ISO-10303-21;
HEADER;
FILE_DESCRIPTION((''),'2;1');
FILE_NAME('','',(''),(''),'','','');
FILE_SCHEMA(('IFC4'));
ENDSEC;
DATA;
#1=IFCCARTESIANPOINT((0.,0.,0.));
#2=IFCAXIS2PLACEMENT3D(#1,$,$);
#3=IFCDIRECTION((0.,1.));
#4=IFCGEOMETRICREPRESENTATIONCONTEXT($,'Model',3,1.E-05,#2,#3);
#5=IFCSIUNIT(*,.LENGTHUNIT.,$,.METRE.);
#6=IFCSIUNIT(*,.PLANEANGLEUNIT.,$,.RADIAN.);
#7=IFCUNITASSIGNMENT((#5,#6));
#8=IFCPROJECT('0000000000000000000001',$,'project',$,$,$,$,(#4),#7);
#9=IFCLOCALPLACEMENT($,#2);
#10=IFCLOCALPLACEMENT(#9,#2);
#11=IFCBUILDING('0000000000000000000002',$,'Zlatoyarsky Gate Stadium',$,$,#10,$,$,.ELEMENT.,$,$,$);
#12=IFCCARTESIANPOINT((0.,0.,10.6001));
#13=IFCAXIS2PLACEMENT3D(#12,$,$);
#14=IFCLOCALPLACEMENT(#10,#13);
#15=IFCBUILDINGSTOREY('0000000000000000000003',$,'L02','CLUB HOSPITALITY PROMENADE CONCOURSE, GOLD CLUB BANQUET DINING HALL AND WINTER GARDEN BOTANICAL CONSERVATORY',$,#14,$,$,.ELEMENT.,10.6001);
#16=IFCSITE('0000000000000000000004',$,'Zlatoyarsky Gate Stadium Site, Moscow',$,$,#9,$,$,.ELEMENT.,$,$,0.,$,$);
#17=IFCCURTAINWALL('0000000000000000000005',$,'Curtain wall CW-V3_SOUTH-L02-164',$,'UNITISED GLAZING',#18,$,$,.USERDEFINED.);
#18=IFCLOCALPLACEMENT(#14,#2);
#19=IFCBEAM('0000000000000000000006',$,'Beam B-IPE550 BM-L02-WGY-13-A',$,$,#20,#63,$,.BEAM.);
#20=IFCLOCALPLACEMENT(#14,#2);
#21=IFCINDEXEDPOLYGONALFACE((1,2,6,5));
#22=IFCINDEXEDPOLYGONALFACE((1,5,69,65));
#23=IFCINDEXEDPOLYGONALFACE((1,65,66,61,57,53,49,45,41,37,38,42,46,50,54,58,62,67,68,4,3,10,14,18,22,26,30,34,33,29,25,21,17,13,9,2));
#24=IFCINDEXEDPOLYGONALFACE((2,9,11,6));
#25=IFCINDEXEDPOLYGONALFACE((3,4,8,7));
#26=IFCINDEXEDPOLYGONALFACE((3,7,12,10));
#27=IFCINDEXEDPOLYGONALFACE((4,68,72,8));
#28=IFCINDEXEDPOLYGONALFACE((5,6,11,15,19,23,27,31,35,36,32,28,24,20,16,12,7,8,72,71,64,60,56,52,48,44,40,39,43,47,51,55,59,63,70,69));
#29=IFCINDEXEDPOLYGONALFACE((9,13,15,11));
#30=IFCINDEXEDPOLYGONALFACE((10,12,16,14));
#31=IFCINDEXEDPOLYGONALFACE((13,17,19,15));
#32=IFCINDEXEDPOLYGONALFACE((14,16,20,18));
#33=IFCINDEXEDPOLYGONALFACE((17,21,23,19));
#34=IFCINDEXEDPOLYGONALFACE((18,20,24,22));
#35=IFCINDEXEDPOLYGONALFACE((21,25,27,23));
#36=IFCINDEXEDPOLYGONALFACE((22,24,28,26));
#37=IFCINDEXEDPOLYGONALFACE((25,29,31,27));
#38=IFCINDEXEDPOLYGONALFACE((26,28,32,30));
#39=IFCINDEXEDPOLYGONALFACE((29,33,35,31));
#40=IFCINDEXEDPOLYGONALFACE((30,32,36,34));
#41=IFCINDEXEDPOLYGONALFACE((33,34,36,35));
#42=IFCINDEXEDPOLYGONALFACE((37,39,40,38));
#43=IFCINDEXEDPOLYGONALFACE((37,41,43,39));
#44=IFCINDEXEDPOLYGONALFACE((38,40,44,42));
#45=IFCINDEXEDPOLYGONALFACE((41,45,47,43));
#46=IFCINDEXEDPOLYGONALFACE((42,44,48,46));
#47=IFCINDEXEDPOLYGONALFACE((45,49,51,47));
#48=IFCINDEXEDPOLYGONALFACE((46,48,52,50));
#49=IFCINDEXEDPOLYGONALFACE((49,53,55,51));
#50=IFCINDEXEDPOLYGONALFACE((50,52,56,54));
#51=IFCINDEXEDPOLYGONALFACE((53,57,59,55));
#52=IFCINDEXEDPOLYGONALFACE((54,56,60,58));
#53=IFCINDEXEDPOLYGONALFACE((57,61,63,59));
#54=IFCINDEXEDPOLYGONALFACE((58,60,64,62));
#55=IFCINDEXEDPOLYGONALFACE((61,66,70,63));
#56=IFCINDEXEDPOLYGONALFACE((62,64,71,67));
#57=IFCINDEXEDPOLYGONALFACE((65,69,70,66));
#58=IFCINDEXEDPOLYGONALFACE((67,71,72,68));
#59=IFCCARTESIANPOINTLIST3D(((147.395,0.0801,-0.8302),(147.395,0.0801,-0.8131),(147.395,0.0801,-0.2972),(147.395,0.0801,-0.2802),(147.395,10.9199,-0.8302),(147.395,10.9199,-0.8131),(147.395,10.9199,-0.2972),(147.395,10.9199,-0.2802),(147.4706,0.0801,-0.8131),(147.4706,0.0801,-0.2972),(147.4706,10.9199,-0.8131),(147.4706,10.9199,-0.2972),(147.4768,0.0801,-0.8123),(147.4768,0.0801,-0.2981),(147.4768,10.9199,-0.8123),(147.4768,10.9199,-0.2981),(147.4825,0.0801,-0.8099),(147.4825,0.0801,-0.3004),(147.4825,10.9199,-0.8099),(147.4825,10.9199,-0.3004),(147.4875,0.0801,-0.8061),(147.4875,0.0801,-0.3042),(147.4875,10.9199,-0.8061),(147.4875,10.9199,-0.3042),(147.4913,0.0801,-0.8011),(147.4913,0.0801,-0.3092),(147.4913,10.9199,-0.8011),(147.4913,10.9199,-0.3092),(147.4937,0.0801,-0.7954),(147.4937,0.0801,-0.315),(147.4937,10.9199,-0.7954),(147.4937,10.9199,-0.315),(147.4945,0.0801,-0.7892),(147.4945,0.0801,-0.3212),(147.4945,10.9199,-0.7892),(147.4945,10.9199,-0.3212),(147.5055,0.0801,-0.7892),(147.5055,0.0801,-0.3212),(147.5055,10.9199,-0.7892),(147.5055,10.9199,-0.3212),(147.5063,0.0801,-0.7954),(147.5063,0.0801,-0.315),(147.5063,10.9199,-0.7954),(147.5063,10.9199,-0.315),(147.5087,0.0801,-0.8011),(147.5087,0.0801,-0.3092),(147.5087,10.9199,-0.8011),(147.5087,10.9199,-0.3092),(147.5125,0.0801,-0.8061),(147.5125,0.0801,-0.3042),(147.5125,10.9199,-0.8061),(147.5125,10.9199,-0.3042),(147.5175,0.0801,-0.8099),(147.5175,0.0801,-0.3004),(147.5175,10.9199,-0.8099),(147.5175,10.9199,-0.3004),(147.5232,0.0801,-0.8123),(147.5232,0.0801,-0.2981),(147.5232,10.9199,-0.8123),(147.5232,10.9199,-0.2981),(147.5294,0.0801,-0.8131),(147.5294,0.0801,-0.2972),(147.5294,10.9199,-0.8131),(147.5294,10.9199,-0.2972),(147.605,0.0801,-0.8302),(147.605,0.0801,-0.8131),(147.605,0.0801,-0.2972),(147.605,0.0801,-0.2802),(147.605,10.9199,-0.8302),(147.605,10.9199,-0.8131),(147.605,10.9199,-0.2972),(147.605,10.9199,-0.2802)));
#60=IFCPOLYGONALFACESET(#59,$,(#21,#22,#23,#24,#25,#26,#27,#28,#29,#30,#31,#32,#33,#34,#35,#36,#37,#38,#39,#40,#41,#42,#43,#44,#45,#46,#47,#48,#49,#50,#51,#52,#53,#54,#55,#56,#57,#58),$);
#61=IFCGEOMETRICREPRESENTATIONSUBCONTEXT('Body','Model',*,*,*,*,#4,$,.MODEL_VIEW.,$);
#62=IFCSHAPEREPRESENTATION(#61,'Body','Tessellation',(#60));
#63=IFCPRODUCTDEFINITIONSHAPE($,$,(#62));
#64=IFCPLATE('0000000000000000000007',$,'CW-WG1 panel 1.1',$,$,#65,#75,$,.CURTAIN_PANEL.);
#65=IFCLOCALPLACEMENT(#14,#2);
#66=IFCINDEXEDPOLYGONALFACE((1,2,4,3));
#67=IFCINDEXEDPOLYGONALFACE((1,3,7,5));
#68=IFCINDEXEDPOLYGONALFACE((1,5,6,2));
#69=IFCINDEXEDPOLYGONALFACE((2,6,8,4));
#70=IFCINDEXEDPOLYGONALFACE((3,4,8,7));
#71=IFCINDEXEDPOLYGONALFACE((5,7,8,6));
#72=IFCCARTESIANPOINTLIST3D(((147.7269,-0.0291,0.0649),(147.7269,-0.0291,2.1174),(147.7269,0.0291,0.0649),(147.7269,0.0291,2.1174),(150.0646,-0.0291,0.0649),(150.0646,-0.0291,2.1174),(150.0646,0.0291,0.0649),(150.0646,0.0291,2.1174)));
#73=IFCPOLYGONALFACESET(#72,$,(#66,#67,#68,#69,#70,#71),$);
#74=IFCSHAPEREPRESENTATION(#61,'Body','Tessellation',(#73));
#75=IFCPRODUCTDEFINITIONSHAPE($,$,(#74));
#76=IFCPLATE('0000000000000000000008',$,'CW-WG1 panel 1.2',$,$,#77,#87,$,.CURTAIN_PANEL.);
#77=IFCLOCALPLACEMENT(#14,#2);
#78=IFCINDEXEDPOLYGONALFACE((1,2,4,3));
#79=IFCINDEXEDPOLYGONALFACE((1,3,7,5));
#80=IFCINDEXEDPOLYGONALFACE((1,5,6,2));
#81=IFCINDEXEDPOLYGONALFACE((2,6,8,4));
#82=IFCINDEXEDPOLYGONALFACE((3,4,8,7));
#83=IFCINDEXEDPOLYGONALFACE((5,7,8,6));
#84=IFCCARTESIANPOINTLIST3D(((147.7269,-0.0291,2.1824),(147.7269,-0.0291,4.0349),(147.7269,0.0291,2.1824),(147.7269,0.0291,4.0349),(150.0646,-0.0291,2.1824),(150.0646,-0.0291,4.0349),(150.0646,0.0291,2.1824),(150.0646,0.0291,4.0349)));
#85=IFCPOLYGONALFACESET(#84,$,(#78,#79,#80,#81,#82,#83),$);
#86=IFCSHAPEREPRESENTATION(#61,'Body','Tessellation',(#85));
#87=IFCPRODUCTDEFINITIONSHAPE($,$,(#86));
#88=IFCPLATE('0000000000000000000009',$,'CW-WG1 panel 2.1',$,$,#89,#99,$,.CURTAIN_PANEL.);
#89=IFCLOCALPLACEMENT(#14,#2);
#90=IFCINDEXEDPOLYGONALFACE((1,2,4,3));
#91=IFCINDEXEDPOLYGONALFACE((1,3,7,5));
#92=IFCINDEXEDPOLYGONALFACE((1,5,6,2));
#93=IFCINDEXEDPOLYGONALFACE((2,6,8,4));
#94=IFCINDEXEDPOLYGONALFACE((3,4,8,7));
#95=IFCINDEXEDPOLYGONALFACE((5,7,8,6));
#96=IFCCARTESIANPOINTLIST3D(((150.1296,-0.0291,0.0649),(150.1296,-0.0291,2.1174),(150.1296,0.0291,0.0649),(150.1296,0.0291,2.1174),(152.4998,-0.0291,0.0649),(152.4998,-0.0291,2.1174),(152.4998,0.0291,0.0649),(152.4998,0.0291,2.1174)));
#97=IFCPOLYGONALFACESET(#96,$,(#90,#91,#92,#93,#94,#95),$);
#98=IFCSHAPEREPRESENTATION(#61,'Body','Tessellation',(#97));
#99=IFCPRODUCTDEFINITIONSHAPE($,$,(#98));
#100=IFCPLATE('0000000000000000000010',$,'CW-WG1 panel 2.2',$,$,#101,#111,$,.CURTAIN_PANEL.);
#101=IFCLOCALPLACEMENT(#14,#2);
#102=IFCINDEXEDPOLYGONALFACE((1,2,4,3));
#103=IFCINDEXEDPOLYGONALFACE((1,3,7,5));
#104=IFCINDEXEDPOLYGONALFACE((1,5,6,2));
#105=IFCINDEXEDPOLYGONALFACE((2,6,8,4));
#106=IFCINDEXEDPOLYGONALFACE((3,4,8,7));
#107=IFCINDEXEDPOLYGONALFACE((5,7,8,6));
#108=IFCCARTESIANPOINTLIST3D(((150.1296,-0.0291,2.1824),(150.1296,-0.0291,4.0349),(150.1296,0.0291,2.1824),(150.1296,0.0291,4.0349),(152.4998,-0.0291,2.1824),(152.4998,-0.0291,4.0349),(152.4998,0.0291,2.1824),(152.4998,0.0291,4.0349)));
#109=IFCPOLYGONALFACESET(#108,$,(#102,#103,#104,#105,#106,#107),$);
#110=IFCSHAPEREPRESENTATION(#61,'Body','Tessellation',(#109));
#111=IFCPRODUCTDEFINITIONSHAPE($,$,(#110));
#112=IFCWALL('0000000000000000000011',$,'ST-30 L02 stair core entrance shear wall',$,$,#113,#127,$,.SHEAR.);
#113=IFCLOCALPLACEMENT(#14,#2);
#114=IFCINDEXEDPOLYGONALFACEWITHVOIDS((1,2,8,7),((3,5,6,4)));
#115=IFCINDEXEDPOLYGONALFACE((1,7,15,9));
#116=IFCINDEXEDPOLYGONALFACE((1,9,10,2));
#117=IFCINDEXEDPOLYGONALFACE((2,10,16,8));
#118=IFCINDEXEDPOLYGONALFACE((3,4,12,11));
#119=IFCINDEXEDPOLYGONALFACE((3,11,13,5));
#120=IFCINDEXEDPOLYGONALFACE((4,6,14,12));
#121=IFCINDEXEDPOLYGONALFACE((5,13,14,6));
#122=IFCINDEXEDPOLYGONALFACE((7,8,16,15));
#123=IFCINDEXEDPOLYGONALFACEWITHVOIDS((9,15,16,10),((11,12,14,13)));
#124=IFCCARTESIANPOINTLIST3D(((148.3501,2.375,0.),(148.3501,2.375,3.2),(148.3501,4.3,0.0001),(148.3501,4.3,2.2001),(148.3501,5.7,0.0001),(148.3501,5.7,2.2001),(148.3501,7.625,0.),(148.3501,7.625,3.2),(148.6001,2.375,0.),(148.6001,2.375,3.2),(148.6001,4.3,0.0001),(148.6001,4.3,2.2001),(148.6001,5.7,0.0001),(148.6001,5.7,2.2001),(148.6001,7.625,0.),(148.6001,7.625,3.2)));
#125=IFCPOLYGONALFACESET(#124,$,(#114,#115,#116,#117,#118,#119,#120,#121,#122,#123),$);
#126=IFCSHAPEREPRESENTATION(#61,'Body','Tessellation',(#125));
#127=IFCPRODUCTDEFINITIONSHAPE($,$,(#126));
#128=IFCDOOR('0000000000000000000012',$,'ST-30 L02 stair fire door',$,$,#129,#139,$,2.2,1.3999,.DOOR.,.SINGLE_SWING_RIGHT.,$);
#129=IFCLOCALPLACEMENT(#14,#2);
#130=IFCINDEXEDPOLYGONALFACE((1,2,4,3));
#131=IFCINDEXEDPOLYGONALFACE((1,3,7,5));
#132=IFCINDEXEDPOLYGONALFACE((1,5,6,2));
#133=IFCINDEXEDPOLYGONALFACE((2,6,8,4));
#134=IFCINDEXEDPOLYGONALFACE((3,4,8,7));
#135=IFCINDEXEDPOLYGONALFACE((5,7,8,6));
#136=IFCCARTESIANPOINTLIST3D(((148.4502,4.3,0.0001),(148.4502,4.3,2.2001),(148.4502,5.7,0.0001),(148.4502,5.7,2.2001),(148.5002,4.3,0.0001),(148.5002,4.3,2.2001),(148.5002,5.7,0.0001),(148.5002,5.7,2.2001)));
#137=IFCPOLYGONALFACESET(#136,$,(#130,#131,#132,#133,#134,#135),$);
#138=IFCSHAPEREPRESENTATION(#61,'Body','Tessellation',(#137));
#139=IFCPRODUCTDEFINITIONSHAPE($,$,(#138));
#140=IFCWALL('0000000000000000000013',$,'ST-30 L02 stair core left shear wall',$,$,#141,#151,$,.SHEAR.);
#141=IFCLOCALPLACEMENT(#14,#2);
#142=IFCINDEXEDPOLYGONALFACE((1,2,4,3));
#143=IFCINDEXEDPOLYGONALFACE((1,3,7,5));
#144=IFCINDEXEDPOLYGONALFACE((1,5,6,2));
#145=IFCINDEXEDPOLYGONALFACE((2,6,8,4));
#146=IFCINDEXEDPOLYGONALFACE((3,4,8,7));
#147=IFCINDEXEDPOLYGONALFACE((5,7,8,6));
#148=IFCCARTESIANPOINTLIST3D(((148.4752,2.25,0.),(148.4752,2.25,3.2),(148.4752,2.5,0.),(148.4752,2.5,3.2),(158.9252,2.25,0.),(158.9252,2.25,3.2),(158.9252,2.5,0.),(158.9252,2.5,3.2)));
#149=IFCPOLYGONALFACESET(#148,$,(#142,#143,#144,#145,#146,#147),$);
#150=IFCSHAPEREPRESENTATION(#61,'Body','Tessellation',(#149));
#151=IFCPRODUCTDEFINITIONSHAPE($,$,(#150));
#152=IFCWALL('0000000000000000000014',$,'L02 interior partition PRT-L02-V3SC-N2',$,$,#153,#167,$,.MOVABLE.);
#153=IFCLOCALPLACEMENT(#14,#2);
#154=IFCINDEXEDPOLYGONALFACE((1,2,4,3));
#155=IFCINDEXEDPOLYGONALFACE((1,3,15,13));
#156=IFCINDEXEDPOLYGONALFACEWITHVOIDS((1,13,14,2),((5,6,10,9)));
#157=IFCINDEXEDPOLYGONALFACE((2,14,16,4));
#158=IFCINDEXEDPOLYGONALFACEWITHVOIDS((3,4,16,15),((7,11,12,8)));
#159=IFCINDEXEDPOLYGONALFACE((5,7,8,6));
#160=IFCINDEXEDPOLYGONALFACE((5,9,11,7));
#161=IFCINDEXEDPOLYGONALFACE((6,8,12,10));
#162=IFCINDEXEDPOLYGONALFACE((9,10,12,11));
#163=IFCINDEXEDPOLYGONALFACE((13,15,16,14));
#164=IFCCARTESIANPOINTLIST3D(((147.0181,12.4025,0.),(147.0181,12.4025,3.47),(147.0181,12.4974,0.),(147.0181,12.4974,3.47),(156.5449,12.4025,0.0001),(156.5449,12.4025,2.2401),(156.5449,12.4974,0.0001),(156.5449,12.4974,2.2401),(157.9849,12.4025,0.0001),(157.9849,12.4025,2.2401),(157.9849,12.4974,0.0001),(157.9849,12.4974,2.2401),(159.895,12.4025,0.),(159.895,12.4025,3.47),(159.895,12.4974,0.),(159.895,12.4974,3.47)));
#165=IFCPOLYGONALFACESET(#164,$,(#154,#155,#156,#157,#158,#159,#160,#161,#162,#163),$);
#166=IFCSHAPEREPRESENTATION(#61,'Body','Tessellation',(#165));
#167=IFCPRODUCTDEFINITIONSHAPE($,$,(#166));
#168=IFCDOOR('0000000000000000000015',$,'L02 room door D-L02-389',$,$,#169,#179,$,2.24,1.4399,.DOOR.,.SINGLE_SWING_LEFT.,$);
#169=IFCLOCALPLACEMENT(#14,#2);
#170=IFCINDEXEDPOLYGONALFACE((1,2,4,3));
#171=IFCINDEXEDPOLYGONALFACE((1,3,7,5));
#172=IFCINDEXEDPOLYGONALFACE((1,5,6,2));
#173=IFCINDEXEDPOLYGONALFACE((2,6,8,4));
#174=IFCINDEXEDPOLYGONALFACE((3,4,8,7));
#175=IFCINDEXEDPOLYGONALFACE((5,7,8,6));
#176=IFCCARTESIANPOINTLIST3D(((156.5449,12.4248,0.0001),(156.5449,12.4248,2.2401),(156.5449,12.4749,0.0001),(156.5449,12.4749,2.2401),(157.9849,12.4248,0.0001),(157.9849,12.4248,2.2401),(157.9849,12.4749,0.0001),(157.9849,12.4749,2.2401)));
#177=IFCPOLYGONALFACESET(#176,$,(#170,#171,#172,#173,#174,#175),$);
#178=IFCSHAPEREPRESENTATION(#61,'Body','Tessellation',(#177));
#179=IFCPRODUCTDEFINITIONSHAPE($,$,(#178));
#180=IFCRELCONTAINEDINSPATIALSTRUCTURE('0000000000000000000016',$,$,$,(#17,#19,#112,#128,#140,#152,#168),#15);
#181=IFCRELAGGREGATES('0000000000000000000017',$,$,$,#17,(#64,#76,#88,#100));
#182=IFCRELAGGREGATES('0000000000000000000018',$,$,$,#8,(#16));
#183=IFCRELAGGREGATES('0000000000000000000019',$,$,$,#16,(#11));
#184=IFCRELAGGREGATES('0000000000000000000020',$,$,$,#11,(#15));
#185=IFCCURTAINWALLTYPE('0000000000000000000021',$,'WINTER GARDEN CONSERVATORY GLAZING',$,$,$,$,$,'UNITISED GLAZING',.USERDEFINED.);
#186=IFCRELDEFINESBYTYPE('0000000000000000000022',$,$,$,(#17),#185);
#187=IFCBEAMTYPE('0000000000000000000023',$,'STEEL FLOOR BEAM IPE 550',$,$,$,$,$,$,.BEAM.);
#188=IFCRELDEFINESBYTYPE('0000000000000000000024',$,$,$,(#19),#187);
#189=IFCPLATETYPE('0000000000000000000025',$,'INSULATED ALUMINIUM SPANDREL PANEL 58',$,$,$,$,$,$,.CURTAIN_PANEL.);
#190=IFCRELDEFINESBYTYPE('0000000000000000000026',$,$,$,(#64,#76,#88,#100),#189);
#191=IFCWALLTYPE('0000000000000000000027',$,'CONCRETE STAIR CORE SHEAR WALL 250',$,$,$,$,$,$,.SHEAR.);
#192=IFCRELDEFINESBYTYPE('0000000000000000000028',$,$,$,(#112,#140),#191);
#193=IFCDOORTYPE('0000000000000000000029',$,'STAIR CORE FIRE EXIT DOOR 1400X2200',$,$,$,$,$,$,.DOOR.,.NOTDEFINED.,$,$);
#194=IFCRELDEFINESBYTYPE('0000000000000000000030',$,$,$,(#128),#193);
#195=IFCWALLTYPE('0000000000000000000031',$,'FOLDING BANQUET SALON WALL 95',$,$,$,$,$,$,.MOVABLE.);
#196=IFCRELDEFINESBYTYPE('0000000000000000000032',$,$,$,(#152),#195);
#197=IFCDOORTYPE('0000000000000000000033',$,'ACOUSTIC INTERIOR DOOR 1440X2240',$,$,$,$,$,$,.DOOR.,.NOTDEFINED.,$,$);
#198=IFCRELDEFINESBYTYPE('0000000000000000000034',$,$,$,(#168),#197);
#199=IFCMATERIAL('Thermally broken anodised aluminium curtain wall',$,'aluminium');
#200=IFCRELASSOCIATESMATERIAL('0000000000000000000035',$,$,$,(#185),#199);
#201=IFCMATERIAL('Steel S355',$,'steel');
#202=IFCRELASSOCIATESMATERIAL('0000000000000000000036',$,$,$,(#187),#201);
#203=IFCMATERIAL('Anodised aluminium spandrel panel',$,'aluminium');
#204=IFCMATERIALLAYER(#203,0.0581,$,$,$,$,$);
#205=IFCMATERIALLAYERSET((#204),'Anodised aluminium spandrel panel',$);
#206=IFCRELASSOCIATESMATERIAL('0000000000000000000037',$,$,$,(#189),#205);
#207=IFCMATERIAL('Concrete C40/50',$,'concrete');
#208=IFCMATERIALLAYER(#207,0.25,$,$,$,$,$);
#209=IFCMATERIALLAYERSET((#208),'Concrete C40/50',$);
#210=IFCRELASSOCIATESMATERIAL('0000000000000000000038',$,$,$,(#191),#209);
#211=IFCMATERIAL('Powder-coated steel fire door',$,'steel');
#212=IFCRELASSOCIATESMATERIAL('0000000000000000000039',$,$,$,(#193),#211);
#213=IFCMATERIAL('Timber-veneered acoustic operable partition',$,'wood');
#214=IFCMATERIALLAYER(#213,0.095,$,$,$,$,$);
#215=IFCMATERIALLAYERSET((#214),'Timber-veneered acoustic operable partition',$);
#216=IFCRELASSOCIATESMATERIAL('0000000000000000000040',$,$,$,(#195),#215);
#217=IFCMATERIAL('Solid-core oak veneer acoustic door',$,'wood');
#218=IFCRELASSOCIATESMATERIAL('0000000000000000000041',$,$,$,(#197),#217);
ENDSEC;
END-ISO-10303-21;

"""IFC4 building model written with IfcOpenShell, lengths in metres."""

from ifc_helpers import new_model, si_unit, direction, frame, frame_2d, origin, origin_2d, place, context, subcontext, project, spatial, rectangle, i_section, extrude, material, layer, layer_set, material_profile, profile_set, type_object, element, fill, aggregate, save


model = new_model("IFC4")

# Units and contexts
model_context = context("Model", 3, precision=1e-05, world=origin(), true_north=direction((0.0, 1.0)))
body_context = subcontext(model_context, "Body", "Model", "MODEL_VIEW")
ifc_project = project(units=[si_unit("LENGTHUNIT", "METRE"), si_unit("PLANEANGLEUNIT", "RADIAN")], contexts=[model_context])

# Site, building, storey
site_placement = place(None, origin())
site = spatial("IfcSite", under=ifc_project, at=site_placement, Name="Zlatoyarsky Gate Stadium Site, Moscow", CompositionType="ELEMENT", RefElevation=0.0)
building_placement = place(site_placement, origin())
building = spatial("IfcBuilding", under=site, at=building_placement, Name="Zlatoyarsky Gate Stadium", CompositionType="ELEMENT")
storey_placement = place(building_placement, frame((0.0, 0.0, 10.6001)))
storey = spatial("IfcBuildingStorey", under=building, at=storey_placement, Name="L02", Description="CLUB HOSPITALITY PROMENADE CONCOURSE, GOLD CLUB BANQUET DINING HALL AND WINTER GARDEN BOTANICAL CONSERVATORY", CompositionType="ELEMENT", Elevation=10.6001)

# Shared definitions
ifc_material_1 = material(Name="Steel S355", Category="steel")

# Curtain wall
ifc_material_2 = material(Name="Thermally broken anodised aluminium curtain wall", Category="aluminium")
curtain_wall_type = type_object("IfcCurtainWallType", Name="WINTER GARDEN CONSERVATORY GLAZING", ElementType="UNITISED GLAZING", PredefinedType="USERDEFINED", material=ifc_material_2)
curtain_wall_placement = place(storey_placement, origin())
curtain_wall = element("IfcCurtainWall", 1, at=curtain_wall_placement, inside=storey, type_object=curtain_wall_type, Name="Curtain wall CW-V3_SOUTH-L02-164", ObjectType="UNITISED GLAZING", PredefinedType="USERDEFINED")

# Beam
ifc_material_profile_1 = material_profile(ifc_material_1, i_section(OverallWidth=0.21, OverallDepth=0.55, WebThickness=0.011, FlangeThickness=0.0171, FilletRadius=0.0239, at=origin_2d()), Name="IPE 550")
ifc_profile_set_1 = profile_set([ifc_material_profile_1], Name="Steel S355")
beam_type_1 = type_object("IfcBeamType", Name="STEEL FLOOR BEAM IPE 550", PredefinedType="BEAM", material=ifc_profile_set_1)
beam_placement = place(storey_placement, frame((147.5, 0.0801, -0.5552), z_axis=(0.0, 1.0, 0.0), x_axis=(-1.0, 0.0, 0.0)))
element("IfcBeam", 2, at=beam_placement, inside=storey, type_object=beam_type_1, Name="Beam B-IPE550 BM-L02-WGY-13-A", PredefinedType="BEAM", context=body_context, shape_type="SweptSolid", body=[
    extrude(i_section(OverallWidth=0.21, OverallDepth=0.55, WebThickness=0.011, FlangeThickness=0.0171, FilletRadius=0.0239, at=origin_2d()), origin(), (0.0, 0.0, 1.0), 10.8398),
])

# Plates
ifc_material_3 = material(Name="Anodised aluminium spandrel panel", Category="aluminium")
ifc_layer_1 = layer(ifc_material_3, 0.0581)
ifc_layer_set_1 = layer_set([ifc_layer_1], Name="Anodised aluminium spandrel panel")
plate_type = type_object("IfcPlateType", Name="INSULATED ALUMINIUM SPANDREL PANEL 58", PredefinedType="CURTAIN_PANEL", material=ifc_layer_set_1)
plate_1_placement = place(storey_placement, frame((148.8958, 0.0, 0.0649), z_axis=(0.0, 0.0, 1.0), x_axis=(1.0, 0.0, 0.0)))
plate_1 = element("IfcPlate", 3, at=plate_1_placement, type_object=plate_type, Name="CW-WG1 panel 1.1", PredefinedType="CURTAIN_PANEL", context=body_context, shape_type="SweptSolid", body=[
    extrude(rectangle(XDim=2.3376, YDim=0.0581, at=origin_2d()), origin(), (0.0, 0.0, 1.0), 2.0525),
])
plate_2_placement = place(storey_placement, frame((148.8958, 0.0, 2.1824), z_axis=(0.0, 0.0, 1.0), x_axis=(1.0, 0.0, 0.0)))
plate_2 = element("IfcPlate", 4, at=plate_2_placement, type_object=plate_type, Name="CW-WG1 panel 1.2", PredefinedType="CURTAIN_PANEL", context=body_context, shape_type="SweptSolid", body=[
    extrude(rectangle(XDim=2.3376, YDim=0.0581, at=origin_2d()), origin(), (0.0, 0.0, 1.0), 1.8525),
])
plate_3_placement = place(storey_placement, frame((151.3147, 0.0, 0.0649), z_axis=(0.0, 0.0, 1.0), x_axis=(1.0, 0.0, 0.0)))
plate_3 = element("IfcPlate", 5, at=plate_3_placement, type_object=plate_type, Name="CW-WG1 panel 2.1", PredefinedType="CURTAIN_PANEL", context=body_context, shape_type="SweptSolid", body=[
    extrude(rectangle(XDim=2.3701, YDim=0.0581, at=origin_2d()), origin(), (0.0, 0.0, 1.0), 2.0525),
])
plate_4_placement = place(storey_placement, frame((151.3147, 0.0, 2.1824), z_axis=(0.0, 0.0, 1.0), x_axis=(1.0, 0.0, 0.0)))
plate_4 = element("IfcPlate", 6, at=plate_4_placement, type_object=plate_type, Name="CW-WG1 panel 2.2", PredefinedType="CURTAIN_PANEL", context=body_context, shape_type="SweptSolid", body=[
    extrude(rectangle(XDim=2.3701, YDim=0.0581, at=origin_2d()), origin(), (0.0, 0.0, 1.0), 1.8525),
])
aggregate(curtain_wall, [plate_1, plate_2, plate_3, plate_4])

# Wall, opening, door
ifc_material_4 = material(Name="Concrete C40/50", Category="concrete")
ifc_layer_2 = layer(ifc_material_4, 0.25)
ifc_layer_set_2 = layer_set([ifc_layer_2], Name="Concrete C40/50")
wall_type_1 = type_object("IfcWallType", Name="CONCRETE STAIR CORE SHEAR WALL 250", PredefinedType="SHEAR", material=ifc_layer_set_2)
wall_1_placement = place(storey_placement, frame((148.4751, 7.625, 0.0), z_axis=(0.0, 0.0, 1.0), x_axis=(0.0, -1.0, 0.0)))
wall_1 = element("IfcWall", 7, at=wall_1_placement, inside=storey, type_object=wall_type_1, Name="ST-30 L02 stair core entrance shear wall", PredefinedType="SHEAR", context=body_context, shape_type="SweptSolid", body=[
    extrude(rectangle(XDim=5.25, YDim=0.25, at=frame_2d((2.625, 0.0))), origin(), (0.0, 0.0, 1.0), 3.2),
])
opening_1_placement = place(wall_1_placement, frame((1.925, 0.0, 0.0)))
opening_1 = element("IfcOpeningElement", 8, at=opening_1_placement, cuts=wall_1, PredefinedType="OPENING", context=body_context, shape_type="SweptSolid", body=[
    extrude(rectangle(XDim=1.3999, YDim=2.2, at=frame_2d((0.7, 1.1001))), frame((0.0, 0.135, 0.0), z_axis=(0.0, -1.0, 0.0), x_axis=(1.0, 0.0, 0.0)), (0.0, 0.0, 1.0), 0.27),
])
ifc_material_5 = material(Name="Powder-coated steel fire door", Category="steel")
door_type_1 = type_object("IfcDoorType", Name="STAIR CORE FIRE EXIT DOOR 1400X2200", OperationType="NOTDEFINED", PredefinedType="DOOR", material=ifc_material_5)
door_1_placement = place(opening_1_placement, frame((1.3999, 0.0, 0.0), z_axis=(0.0, 0.0, 1.0), x_axis=(-1.0, 0.0, 0.0)))
door_1 = element("IfcDoor", 9, at=door_1_placement, inside=storey, type_object=door_type_1, Name="ST-30 L02 stair fire door", OperationType="SINGLE_SWING_RIGHT", OverallHeight=2.2, OverallWidth=1.3999, PredefinedType="DOOR", context=body_context, shape_type="SweptSolid", body=[
    extrude(rectangle(XDim=1.3999, YDim=2.2, at=frame_2d((0.7, 1.1001))), frame((0.0, 0.0249, 0.0), z_axis=(0.0, -1.0, 0.0), x_axis=(1.0, 0.0, 0.0)), (0.0, 0.0, 1.0), 0.05),
])
fill(opening_1, door_1)

# Wall
wall_2_placement = place(storey_placement, frame((148.4751, 2.375, 0.0), z_axis=(0.0, 0.0, 1.0), x_axis=(1.0, 0.0, 0.0)))
element("IfcWall", 10, at=wall_2_placement, inside=storey, type_object=wall_type_1, Name="ST-30 L02 stair core left shear wall", PredefinedType="SHEAR", context=body_context, shape_type="SweptSolid", body=[
    extrude(rectangle(XDim=10.45, YDim=0.25, at=frame_2d((5.2251, 0.0))), origin(), (0.0, 0.0, 1.0), 3.2),
])

# Wall, opening, door
ifc_material_6 = material(Name="Timber-veneered acoustic operable partition", Category="wood")
ifc_layer_3 = layer(ifc_material_6, 0.095)
ifc_layer_set_3 = layer_set([ifc_layer_3], Name="Timber-veneered acoustic operable partition")
wall_type_2 = type_object("IfcWallType", Name="FOLDING BANQUET SALON WALL 95", PredefinedType="MOVABLE", material=ifc_layer_set_3)
wall_3_placement = place(storey_placement, frame((147.0181, 12.45, 0.0), z_axis=(0.0, 0.0, 1.0), x_axis=(1.0, 0.0, 0.0)))
wall_3 = element("IfcWall", 11, at=wall_3_placement, inside=storey, type_object=wall_type_2, Name="L02 interior partition PRT-L02-V3SC-N2", PredefinedType="MOVABLE", context=body_context, shape_type="SweptSolid", body=[
    extrude(rectangle(XDim=12.877, YDim=0.095, at=frame_2d((6.4385, 0.0))), origin(), (0.0, 0.0, 1.0), 3.47),
])
opening_2_placement = place(wall_3_placement, frame((9.5269, 0.0, 0.0)))
opening_2 = element("IfcOpeningElement", 12, at=opening_2_placement, cuts=wall_3, PredefinedType="OPENING", context=body_context, shape_type="SweptSolid", body=[
    extrude(rectangle(XDim=1.4399, YDim=2.24, at=frame_2d((0.72, 1.1201))), frame((0.0, 0.0574, 0.0), z_axis=(0.0, -1.0, 0.0), x_axis=(1.0, 0.0, 0.0)), (0.0, 0.0, 1.0), 0.115),
])
ifc_material_7 = material(Name="Solid-core oak veneer acoustic door", Category="wood")
door_type_2 = type_object("IfcDoorType", Name="ACOUSTIC INTERIOR DOOR 1440X2240", OperationType="NOTDEFINED", PredefinedType="DOOR", material=ifc_material_7)
door_2_placement = place(opening_2_placement, origin())
door_2 = element("IfcDoor", 13, at=door_2_placement, inside=storey, type_object=door_type_2, Name="L02 room door D-L02-389", OperationType="SINGLE_SWING_LEFT", OverallHeight=2.24, OverallWidth=1.4399, PredefinedType="DOOR", context=body_context, shape_type="SweptSolid", body=[
    extrude(rectangle(XDim=1.4399, YDim=2.24, at=frame_2d((0.72, 1.1201))), frame((0.0, 0.0249, 0.0), z_axis=(0.0, -1.0, 0.0), x_axis=(1.0, 0.0, 0.0)), (0.0, 0.0, 1.0), 0.05),
])
fill(opening_2, door_2)

save(model, "model.ifc")
